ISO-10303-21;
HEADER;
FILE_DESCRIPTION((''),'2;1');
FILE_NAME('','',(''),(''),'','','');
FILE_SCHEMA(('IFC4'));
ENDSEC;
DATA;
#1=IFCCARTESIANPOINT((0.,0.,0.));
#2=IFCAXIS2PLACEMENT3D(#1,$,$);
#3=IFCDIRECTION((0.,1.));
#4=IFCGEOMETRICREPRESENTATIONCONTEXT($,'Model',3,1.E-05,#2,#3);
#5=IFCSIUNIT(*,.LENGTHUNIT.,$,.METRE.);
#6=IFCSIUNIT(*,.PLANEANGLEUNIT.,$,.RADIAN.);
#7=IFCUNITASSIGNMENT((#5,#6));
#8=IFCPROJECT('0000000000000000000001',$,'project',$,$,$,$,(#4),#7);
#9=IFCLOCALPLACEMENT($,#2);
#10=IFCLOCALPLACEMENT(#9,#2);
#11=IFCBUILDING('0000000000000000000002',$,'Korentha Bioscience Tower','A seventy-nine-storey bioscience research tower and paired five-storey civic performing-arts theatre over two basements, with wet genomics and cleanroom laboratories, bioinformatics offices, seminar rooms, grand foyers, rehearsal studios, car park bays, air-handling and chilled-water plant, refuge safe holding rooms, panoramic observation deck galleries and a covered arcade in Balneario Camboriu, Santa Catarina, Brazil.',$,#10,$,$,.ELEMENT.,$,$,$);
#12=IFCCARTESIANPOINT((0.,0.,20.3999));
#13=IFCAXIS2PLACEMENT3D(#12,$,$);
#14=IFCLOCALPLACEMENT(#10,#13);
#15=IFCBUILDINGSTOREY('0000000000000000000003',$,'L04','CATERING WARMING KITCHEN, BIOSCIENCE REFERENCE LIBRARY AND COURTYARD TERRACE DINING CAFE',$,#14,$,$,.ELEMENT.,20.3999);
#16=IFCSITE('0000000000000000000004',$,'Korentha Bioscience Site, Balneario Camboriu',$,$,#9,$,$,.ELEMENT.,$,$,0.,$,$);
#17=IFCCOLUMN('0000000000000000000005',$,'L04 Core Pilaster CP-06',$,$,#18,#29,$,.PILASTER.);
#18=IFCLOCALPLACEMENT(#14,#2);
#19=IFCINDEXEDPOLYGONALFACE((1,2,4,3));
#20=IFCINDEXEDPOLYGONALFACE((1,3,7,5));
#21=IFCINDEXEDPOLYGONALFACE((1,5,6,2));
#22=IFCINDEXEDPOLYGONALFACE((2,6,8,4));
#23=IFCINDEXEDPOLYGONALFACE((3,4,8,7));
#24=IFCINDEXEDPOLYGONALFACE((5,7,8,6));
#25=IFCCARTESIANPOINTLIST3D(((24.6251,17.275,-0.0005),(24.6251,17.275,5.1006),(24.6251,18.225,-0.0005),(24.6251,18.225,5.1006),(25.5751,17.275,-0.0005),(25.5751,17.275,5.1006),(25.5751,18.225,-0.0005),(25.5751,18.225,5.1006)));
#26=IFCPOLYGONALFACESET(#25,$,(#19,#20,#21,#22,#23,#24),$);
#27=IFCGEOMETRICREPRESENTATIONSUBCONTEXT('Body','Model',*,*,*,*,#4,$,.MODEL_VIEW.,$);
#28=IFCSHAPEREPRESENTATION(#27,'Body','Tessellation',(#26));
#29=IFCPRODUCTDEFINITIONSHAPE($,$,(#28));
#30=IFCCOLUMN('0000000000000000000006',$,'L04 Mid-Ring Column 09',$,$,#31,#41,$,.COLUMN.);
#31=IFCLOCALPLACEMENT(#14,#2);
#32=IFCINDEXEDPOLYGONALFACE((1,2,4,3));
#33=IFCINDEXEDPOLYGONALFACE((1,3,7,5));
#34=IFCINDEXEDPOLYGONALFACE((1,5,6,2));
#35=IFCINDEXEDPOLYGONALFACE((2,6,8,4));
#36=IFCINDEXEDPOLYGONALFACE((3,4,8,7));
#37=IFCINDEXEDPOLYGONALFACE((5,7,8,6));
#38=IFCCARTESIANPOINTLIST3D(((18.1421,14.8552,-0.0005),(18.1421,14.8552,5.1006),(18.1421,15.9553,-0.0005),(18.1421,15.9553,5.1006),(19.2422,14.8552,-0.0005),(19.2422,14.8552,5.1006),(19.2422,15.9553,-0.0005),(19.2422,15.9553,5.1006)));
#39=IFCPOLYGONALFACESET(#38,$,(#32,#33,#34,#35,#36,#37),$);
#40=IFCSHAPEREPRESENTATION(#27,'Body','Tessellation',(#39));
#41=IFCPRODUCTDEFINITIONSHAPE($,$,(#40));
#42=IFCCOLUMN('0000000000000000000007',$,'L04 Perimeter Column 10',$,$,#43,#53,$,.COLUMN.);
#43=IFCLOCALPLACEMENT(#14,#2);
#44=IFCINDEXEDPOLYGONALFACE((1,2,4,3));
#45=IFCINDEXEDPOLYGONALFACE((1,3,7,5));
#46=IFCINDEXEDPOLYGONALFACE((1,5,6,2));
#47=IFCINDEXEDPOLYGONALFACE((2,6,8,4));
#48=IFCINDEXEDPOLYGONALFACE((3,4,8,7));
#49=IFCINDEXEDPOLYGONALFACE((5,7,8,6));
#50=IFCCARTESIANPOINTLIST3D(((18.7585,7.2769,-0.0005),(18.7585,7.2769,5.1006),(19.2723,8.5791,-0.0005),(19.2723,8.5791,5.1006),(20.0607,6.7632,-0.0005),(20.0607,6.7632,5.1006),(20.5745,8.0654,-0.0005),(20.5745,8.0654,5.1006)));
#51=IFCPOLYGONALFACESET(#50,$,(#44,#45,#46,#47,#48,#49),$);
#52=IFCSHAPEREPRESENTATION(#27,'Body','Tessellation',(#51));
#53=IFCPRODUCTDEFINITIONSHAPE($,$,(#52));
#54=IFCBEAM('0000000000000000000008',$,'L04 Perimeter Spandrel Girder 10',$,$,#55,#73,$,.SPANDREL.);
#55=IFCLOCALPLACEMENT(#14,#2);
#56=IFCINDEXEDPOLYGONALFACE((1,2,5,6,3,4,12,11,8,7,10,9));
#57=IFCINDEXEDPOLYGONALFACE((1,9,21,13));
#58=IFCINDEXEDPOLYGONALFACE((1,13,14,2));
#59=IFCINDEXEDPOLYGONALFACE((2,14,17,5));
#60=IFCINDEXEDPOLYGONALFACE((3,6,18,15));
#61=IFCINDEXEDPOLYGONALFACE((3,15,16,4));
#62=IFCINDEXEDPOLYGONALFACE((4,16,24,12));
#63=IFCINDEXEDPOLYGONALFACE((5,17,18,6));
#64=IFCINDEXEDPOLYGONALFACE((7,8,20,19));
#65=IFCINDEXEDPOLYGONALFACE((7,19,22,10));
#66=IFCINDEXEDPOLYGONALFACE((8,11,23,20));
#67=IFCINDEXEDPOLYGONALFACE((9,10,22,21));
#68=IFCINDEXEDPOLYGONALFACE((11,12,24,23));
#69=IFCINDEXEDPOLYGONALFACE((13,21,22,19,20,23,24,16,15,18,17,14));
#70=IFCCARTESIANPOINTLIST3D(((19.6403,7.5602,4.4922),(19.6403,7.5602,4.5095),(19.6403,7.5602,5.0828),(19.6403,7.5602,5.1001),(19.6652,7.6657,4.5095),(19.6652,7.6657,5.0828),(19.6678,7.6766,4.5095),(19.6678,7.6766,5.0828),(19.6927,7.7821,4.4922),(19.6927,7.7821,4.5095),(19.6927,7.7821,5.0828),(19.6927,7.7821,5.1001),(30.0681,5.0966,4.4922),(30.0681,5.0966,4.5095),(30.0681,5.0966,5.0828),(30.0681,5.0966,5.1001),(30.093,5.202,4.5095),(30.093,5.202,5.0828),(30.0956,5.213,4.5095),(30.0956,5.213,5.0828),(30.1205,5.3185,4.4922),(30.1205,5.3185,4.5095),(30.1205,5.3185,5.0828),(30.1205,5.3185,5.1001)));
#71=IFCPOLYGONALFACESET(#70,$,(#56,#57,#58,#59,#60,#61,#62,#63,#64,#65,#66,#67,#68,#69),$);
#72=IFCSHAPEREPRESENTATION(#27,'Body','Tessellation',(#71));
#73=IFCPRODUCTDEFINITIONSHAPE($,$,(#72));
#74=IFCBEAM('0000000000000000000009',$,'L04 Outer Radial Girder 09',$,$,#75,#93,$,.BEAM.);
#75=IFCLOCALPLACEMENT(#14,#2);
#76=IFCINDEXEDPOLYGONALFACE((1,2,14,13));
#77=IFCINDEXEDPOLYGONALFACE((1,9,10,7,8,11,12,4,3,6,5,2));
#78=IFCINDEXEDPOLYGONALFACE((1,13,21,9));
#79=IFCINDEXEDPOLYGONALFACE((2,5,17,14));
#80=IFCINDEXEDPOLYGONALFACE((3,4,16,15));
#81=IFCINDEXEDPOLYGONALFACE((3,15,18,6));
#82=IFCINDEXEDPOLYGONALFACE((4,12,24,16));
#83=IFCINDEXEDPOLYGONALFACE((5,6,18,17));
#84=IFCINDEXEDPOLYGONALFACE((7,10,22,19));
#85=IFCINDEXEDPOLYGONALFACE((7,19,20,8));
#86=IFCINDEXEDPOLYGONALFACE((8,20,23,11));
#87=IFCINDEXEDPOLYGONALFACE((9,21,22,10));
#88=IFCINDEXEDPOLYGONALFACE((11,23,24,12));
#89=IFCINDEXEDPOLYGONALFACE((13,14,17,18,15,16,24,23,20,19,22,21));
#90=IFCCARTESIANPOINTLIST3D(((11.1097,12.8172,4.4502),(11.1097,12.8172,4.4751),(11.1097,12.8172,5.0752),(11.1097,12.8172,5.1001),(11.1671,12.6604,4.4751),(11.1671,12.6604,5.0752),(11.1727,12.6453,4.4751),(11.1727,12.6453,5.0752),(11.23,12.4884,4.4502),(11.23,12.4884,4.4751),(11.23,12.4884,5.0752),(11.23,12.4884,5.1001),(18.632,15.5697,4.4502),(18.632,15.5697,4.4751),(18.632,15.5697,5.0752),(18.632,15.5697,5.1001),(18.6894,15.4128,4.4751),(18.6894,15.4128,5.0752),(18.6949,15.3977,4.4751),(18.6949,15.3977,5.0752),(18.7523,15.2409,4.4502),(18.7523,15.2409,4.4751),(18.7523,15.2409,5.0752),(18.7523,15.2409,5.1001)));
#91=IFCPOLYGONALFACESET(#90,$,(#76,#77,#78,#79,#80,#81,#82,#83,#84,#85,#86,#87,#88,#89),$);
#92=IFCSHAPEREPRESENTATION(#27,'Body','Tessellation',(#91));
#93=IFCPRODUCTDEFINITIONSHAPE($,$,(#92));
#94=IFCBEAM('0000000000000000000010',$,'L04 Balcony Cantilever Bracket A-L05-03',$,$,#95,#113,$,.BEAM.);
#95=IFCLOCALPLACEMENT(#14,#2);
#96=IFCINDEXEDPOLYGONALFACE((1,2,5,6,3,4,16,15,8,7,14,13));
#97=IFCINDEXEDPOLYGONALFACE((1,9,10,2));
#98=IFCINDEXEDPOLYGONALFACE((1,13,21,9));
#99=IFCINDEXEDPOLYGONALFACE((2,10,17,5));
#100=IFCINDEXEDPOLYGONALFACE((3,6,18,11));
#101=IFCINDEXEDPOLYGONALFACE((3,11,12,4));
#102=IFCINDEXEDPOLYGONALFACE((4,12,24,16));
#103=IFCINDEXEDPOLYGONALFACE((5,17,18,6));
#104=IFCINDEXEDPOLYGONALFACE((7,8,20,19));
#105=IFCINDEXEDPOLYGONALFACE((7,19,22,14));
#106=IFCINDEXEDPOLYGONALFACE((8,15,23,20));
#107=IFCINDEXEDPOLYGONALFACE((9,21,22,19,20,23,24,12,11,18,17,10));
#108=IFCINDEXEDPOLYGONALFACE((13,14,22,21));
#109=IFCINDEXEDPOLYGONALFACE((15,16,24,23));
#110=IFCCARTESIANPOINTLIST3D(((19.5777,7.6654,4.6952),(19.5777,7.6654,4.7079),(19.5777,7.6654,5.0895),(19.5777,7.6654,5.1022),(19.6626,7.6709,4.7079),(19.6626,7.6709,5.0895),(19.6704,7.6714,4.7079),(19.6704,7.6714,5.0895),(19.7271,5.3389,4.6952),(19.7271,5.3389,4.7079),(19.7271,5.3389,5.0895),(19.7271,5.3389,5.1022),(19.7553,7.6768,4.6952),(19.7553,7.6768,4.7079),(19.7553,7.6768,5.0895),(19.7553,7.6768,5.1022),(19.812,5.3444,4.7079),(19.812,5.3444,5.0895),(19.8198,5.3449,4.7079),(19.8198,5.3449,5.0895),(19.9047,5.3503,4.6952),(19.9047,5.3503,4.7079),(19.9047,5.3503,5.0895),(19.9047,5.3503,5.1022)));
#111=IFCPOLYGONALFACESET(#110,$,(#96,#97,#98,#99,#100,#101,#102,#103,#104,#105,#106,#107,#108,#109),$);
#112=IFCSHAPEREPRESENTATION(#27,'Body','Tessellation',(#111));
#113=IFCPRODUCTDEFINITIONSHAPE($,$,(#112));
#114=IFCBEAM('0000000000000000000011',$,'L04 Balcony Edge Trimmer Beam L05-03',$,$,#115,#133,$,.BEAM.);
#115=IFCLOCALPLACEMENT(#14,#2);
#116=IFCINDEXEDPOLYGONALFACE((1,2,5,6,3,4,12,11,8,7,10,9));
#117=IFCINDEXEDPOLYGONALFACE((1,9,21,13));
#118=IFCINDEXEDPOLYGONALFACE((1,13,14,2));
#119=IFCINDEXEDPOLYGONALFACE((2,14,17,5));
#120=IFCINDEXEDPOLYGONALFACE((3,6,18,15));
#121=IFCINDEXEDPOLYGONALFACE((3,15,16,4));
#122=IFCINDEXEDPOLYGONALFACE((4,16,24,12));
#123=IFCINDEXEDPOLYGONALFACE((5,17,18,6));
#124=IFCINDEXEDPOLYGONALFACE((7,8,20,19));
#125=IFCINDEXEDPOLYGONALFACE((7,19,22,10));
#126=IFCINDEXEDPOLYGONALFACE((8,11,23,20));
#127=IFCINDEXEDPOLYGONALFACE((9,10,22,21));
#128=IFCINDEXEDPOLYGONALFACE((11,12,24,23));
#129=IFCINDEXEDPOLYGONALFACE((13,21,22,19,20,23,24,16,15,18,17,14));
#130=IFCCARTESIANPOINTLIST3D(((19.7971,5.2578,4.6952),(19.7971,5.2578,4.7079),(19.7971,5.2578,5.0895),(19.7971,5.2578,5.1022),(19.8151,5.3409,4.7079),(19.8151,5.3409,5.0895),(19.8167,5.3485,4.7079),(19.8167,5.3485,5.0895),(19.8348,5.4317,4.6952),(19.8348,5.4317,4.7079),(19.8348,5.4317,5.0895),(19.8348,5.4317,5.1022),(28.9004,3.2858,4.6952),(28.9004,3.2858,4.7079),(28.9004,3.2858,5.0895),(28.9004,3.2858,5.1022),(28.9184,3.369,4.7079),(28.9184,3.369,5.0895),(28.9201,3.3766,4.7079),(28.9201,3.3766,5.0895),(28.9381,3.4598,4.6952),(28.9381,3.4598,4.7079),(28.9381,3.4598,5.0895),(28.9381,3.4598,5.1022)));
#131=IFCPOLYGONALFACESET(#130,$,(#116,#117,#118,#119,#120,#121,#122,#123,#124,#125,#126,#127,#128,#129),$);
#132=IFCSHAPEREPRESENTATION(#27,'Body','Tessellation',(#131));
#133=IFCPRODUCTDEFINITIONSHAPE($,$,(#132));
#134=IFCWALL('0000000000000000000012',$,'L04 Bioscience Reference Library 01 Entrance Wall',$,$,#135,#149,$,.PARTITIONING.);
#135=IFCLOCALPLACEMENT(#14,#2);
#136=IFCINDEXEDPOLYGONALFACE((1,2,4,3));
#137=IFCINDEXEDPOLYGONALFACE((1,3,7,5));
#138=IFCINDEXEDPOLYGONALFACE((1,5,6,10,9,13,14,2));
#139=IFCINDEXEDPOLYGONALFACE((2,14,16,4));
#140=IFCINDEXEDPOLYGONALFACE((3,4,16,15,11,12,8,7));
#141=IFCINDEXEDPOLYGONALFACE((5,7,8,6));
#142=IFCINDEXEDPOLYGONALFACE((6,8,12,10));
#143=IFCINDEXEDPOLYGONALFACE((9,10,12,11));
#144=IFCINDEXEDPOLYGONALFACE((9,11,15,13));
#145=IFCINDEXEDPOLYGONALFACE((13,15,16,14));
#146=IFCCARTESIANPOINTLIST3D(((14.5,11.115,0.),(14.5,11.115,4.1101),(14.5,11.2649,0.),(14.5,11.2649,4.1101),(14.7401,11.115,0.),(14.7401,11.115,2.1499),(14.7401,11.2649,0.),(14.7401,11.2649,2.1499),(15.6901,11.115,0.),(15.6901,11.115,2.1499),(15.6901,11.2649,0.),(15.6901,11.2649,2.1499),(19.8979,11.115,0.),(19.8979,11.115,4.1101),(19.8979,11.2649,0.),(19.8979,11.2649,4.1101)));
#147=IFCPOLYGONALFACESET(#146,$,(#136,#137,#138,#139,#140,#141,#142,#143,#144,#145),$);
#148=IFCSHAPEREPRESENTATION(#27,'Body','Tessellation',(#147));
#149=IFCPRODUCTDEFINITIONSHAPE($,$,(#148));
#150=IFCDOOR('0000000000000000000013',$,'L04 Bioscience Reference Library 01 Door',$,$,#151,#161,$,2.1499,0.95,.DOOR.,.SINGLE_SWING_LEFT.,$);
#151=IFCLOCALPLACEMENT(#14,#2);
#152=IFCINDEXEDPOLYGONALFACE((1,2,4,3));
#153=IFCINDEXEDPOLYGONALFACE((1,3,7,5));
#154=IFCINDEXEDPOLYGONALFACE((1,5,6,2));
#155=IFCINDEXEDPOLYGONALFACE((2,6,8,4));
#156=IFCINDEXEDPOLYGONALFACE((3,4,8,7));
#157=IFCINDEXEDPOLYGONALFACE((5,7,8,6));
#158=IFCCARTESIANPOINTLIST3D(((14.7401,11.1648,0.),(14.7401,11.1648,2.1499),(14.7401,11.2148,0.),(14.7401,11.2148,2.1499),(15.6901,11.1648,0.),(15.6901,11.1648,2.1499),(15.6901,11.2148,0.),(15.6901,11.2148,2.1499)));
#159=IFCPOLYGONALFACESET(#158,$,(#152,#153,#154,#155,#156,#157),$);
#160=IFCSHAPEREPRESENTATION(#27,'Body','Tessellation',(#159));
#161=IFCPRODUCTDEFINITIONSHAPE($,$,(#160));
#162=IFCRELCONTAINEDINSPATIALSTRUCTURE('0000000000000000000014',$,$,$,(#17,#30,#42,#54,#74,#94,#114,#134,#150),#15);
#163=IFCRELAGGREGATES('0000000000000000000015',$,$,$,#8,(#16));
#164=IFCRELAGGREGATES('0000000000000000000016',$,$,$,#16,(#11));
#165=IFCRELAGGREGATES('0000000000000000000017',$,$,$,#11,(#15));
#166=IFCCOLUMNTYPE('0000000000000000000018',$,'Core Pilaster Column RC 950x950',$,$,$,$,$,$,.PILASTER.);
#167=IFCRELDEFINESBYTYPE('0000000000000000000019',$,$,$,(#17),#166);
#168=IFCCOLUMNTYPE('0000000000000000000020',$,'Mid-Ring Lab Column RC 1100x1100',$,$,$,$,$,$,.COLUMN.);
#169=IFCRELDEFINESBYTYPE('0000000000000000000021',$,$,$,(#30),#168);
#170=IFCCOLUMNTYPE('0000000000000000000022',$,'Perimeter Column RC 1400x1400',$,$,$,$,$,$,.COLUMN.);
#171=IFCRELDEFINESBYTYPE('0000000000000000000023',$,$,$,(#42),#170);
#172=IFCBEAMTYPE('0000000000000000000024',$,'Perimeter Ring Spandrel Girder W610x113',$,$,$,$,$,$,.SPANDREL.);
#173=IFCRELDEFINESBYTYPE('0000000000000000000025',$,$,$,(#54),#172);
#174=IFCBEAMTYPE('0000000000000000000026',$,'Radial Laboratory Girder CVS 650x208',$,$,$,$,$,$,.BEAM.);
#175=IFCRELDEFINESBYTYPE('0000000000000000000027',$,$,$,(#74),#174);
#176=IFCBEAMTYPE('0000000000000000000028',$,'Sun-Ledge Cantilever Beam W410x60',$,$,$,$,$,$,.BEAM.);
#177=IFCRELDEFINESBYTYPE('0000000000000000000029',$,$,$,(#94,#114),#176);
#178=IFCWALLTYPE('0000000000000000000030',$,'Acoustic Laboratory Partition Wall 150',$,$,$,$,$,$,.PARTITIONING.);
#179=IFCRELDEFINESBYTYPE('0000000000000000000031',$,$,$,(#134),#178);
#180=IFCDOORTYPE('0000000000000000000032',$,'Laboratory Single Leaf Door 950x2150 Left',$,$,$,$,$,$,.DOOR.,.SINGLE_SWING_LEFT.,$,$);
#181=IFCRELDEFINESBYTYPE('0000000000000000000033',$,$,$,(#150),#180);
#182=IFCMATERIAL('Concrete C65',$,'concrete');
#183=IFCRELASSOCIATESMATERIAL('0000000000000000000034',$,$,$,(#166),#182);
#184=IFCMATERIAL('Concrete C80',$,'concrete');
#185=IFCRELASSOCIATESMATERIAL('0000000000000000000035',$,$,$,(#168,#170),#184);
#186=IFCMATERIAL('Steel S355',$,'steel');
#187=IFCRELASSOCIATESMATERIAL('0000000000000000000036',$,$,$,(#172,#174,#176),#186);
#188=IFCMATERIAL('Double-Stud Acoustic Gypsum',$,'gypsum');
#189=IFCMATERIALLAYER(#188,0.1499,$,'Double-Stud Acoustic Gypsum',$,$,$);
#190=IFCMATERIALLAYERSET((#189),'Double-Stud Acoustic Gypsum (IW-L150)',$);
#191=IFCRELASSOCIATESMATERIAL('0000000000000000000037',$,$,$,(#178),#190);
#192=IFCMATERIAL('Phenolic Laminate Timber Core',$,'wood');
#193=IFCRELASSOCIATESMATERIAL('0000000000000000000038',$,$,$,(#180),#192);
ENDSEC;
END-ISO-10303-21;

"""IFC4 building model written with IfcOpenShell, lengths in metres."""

from ifc_helpers import new_model, si_unit, direction, frame, frame_2d, origin, origin_2d, place, context, subcontext, project, spatial, rectangle, i_section, extrude, material, layer, layer_set, material_profile, profile_set, type_object, element, fill, save


model = new_model("IFC4")

# Units and contexts
model_context = context("Model", 3, precision=1e-05, world=origin(), true_north=direction((0.0, 1.0)))
body_context = subcontext(model_context, "Body", "Model", "MODEL_VIEW")
ifc_project = project(units=[si_unit("LENGTHUNIT", "METRE"), si_unit("PLANEANGLEUNIT", "RADIAN")], contexts=[model_context])

# Site, building, storey
site_placement = place(None, origin())
site = spatial("IfcSite", under=ifc_project, at=site_placement, Name="Korentha Bioscience Site, Balneario Camboriu", CompositionType="ELEMENT", RefElevation=0.0)
building_placement = place(site_placement, origin())
building = spatial("IfcBuilding", under=site, at=building_placement, Name="Korentha Bioscience Tower", Description="A seventy-nine-storey bioscience research tower and paired five-storey civic performing-arts theatre over two basements, with wet genomics and cleanroom laboratories, bioinformatics offices, seminar rooms, grand foyers, rehearsal studios, car park bays, air-handling and chilled-water plant, refuge safe holding rooms, panoramic observation deck galleries and a covered arcade in Balneario Camboriu, Santa Catarina, Brazil.", CompositionType="ELEMENT")
storey_placement = place(building_placement, frame((0.0, 0.0, 20.3999)))
storey = spatial("IfcBuildingStorey", under=building, at=storey_placement, Name="L04", Description="CATERING WARMING KITCHEN, BIOSCIENCE REFERENCE LIBRARY AND COURTYARD TERRACE DINING CAFE", CompositionType="ELEMENT", Elevation=20.3999)

# Columns
ifc_material_1 = material(Name="Concrete C65", Category="concrete")
ifc_material_profile_1 = material_profile(ifc_material_1, rectangle(XDim=0.95, YDim=0.95, at=origin_2d()), Name="Concrete C65")
ifc_profile_set_1 = profile_set([ifc_material_profile_1], Name="Concrete C65 (COL-CP09)")
column_type_1 = type_object("IfcColumnType", Name="Core Pilaster Column RC 950x950", PredefinedType="PILASTER", material=ifc_profile_set_1)
column_1_placement = place(storey_placement, frame((25.1001, 17.75, -0.0005), z_axis=(0.0, 0.0, 1.0), x_axis=(1.0, 0.0, 0.0)))
element("IfcColumn", 1, at=column_1_placement, inside=storey, type_object=column_type_1, Name="L04 Core Pilaster CP-06", PredefinedType="PILASTER", context=body_context, shape_type="SweptSolid", body=[
    extrude(rectangle(XDim=0.95, YDim=0.95, at=origin_2d()), origin(), (0.0, 0.0, 1.0), 5.1011),
])
ifc_material_2 = material(Name="Concrete C80", Category="concrete")
ifc_material_profile_2 = material_profile(ifc_material_2, rectangle(XDim=1.1001, YDim=1.1001, at=origin_2d()), Name="Concrete C80")
ifc_profile_set_2 = profile_set([ifc_material_profile_2], Name="Concrete C80 (COL-MR11)")
column_type_2 = type_object("IfcColumnType", Name="Mid-Ring Lab Column RC 1100x1100", PredefinedType="COLUMN", material=ifc_profile_set_2)
column_2_placement = place(storey_placement, frame((18.6921, 15.4053, -0.0005), z_axis=(0.0, 0.0, 1.0), x_axis=(1.0, 0.0, 0.0)))
element("IfcColumn", 2, at=column_2_placement, inside=storey, type_object=column_type_2, Name="L04 Mid-Ring Column 09", PredefinedType="COLUMN", context=body_context, shape_type="SweptSolid", body=[
    extrude(rectangle(XDim=1.1001, YDim=1.1001, at=origin_2d()), origin(), (0.0, 0.0, 1.0), 5.1011),
])
ifc_material_profile_3 = material_profile(ifc_material_2, rectangle(XDim=1.3999, YDim=1.3999, at=origin_2d()), Name="Concrete C80")
ifc_profile_set_3 = profile_set([ifc_material_profile_3], Name="Concrete C80 (COL-P14)")
column_type_3 = type_object("IfcColumnType", Name="Perimeter Column RC 1400x1400", PredefinedType="COLUMN", material=ifc_profile_set_3)
column_3_placement = place(storey_placement, frame((19.6665, 7.6711, -0.0005), z_axis=(0.0, 0.0, 1.0), x_axis=(-0.930226, 0.366988, 0.0)))
element("IfcColumn", 3, at=column_3_placement, inside=storey, type_object=column_type_3, Name="L04 Perimeter Column 10", PredefinedType="COLUMN", context=body_context, shape_type="SweptSolid", body=[
    extrude(rectangle(XDim=1.3999, YDim=1.3999, at=origin_2d()), origin(), (0.0, 0.0, 1.0), 5.1011),
])

# Beams
ifc_material_3 = material(Name="Steel S355", Category="steel")
ifc_material_profile_4 = material_profile(ifc_material_3, i_section(OverallWidth=0.228, OverallDepth=0.6079, WebThickness=0.0112, FlangeThickness=0.0173, at=origin_2d()), Name="Steel S355")
ifc_profile_set_4 = profile_set([ifc_material_profile_4], Name="Steel S355 (SB-610)")
beam_type_1 = type_object("IfcBeamType", Name="Perimeter Ring Spandrel Girder W610x113", PredefinedType="SPANDREL", material=ifc_profile_set_4)
beam_1_placement = place(storey_placement, frame((19.6665, 7.6711, 4.7961), z_axis=(0.973208, -0.229927, 0.0), x_axis=(0.229927, 0.973208, 0.0)))
element("IfcBeam", 4, at=beam_1_placement, inside=storey, type_object=beam_type_1, Name="L04 Perimeter Spandrel Girder 10", PredefinedType="SPANDREL", context=body_context, shape_type="SweptSolid", body=[
    extrude(i_section(OverallWidth=0.228, OverallDepth=0.6079, WebThickness=0.0112, FlangeThickness=0.0173, at=origin_2d()), origin(), (0.0, 0.0, 1.0), 10.7148),
])
ifc_material_profile_5 = material_profile(ifc_material_3, i_section(OverallWidth=0.3501, OverallDepth=0.6499, WebThickness=0.0161, FlangeThickness=0.0249, at=origin_2d()), Name="Steel S355")
ifc_profile_set_5 = profile_set([ifc_material_profile_5], Name="Steel S355 (RB-650)")
beam_type_2 = type_object("IfcBeamType", Name="Radial Laboratory Girder CVS 650x208", PredefinedType="BEAM", material=ifc_profile_set_5)
beam_2_placement = place(storey_placement, frame((18.6921, 15.4053, 4.7751), z_axis=(-0.939106, -0.343627, 0.0), x_axis=(0.343627, -0.939106, 0.0)))
element("IfcBeam", 5, at=beam_2_placement, inside=storey, type_object=beam_type_2, Name="L04 Outer Radial Girder 09", PredefinedType="BEAM", context=body_context, shape_type="SweptSolid", body=[
    extrude(i_section(OverallWidth=0.3501, OverallDepth=0.6499, WebThickness=0.0161, FlangeThickness=0.0249, at=origin_2d()), origin(), (0.0, 0.0, 1.0), 8.01),
])
ifc_material_profile_6 = material_profile(ifc_material_3, i_section(OverallWidth=0.178, OverallDepth=0.407, WebThickness=0.0078, FlangeThickness=0.0127, at=origin_2d()), Name="Steel S355")
ifc_profile_set_6 = profile_set([ifc_material_profile_6], Name="Steel S355 (CB-410)")
beam_type_3 = type_object("IfcBeamType", Name="Sun-Ledge Cantilever Beam W410x60", PredefinedType="BEAM", material=ifc_profile_set_6)
beam_3_placement = place(storey_placement, frame((19.6665, 7.6711, 4.8987), z_axis=(0.064093, -0.997944, 0.0), x_axis=(0.997944, 0.064093, 0.0)))
element("IfcBeam", 6, at=beam_3_placement, inside=storey, type_object=beam_type_3, Name="L04 Balcony Cantilever Bracket A-L05-03", PredefinedType="BEAM", context=body_context, shape_type="SweptSolid", body=[
    extrude(i_section(OverallWidth=0.178, OverallDepth=0.407, WebThickness=0.0078, FlangeThickness=0.0127, at=origin_2d()), origin(), (0.0, 0.0, 1.0), 2.3313),
])
beam_4_placement = place(storey_placement, frame((19.8159, 5.3447, 4.8987), z_axis=(0.977333, -0.211707, 0.0), x_axis=(0.211707, 0.977333, 0.0)))
element("IfcBeam", 7, at=beam_4_placement, inside=storey, type_object=beam_type_3, Name="L04 Balcony Edge Trimmer Beam L05-03", PredefinedType="BEAM", context=body_context, shape_type="SweptSolid", body=[
    extrude(i_section(OverallWidth=0.178, OverallDepth=0.407, WebThickness=0.0078, FlangeThickness=0.0127, at=origin_2d()), origin(), (0.0, 0.0, 1.0), 9.3145),
])

# Wall, opening, door
ifc_material_4 = material(Name="Double-Stud Acoustic Gypsum", Category="gypsum")
ifc_layer_1 = layer(ifc_material_4, 0.1499, Name="Double-Stud Acoustic Gypsum")
ifc_layer_set_1 = layer_set([ifc_layer_1], Name="Double-Stud Acoustic Gypsum (IW-L150)")
wall_type_1 = type_object("IfcWallType", Name="Acoustic Laboratory Partition Wall 150", PredefinedType="PARTITIONING", material=ifc_layer_set_1)
wall_1_placement = place(storey_placement, frame((14.5, 11.1899, 0.0), z_axis=(0.0, 0.0, 1.0), x_axis=(1.0, 0.0, 0.0)))
wall_1 = element("IfcWall", 8, at=wall_1_placement, inside=storey, type_object=wall_type_1, Name="L04 Bioscience Reference Library 01 Entrance Wall", PredefinedType="PARTITIONING", context=body_context, shape_type="SweptSolid", body=[
    extrude(rectangle(XDim=5.3979, YDim=0.1499, at=frame_2d((2.699, 0.0))), origin(), (0.0, 0.0, 1.0), 4.1101),
])
opening_1_placement = place(wall_1_placement, frame((0.24, 0.0, 0.0)))
opening_1 = element("IfcOpeningElement", 9, at=opening_1_placement, cuts=wall_1, PredefinedType="OPENING", context=body_context, shape_type="SweptSolid", body=[
    extrude(rectangle(XDim=0.95, YDim=2.1499, at=frame_2d((0.4751, 1.075))), frame((0.0, 0.0898, 0.0), z_axis=(0.0, -1.0, 0.0), x_axis=(1.0, 0.0, 0.0)), (0.0, 0.0, 1.0), 0.1797),
])
ifc_material_5 = material(Name="Phenolic Laminate Timber Core", Category="wood")
door_type_1 = type_object("IfcDoorType", Name="Laboratory Single Leaf Door 950x2150 Left", OperationType="SINGLE_SWING_LEFT", PredefinedType="DOOR", material=ifc_material_5)
door_1_placement = place(opening_1_placement, origin())
door_1 = element("IfcDoor", 10, at=door_1_placement, inside=storey, type_object=door_type_1, Name="L04 Bioscience Reference Library 01 Door", OperationType="SINGLE_SWING_LEFT", OverallHeight=2.1499, OverallWidth=0.95, PredefinedType="DOOR", context=body_context, shape_type="SweptSolid", body=[
    extrude(rectangle(XDim=0.95, YDim=2.1499, at=frame_2d((0.4751, 1.075))), frame((0.0, 0.0249, 0.0), z_axis=(0.0, -1.0, 0.0), x_axis=(1.0, 0.0, 0.0)), (0.0, 0.0, 1.0), 0.05),
])
fill(opening_1, door_1)

save(model, "model.ifc")
